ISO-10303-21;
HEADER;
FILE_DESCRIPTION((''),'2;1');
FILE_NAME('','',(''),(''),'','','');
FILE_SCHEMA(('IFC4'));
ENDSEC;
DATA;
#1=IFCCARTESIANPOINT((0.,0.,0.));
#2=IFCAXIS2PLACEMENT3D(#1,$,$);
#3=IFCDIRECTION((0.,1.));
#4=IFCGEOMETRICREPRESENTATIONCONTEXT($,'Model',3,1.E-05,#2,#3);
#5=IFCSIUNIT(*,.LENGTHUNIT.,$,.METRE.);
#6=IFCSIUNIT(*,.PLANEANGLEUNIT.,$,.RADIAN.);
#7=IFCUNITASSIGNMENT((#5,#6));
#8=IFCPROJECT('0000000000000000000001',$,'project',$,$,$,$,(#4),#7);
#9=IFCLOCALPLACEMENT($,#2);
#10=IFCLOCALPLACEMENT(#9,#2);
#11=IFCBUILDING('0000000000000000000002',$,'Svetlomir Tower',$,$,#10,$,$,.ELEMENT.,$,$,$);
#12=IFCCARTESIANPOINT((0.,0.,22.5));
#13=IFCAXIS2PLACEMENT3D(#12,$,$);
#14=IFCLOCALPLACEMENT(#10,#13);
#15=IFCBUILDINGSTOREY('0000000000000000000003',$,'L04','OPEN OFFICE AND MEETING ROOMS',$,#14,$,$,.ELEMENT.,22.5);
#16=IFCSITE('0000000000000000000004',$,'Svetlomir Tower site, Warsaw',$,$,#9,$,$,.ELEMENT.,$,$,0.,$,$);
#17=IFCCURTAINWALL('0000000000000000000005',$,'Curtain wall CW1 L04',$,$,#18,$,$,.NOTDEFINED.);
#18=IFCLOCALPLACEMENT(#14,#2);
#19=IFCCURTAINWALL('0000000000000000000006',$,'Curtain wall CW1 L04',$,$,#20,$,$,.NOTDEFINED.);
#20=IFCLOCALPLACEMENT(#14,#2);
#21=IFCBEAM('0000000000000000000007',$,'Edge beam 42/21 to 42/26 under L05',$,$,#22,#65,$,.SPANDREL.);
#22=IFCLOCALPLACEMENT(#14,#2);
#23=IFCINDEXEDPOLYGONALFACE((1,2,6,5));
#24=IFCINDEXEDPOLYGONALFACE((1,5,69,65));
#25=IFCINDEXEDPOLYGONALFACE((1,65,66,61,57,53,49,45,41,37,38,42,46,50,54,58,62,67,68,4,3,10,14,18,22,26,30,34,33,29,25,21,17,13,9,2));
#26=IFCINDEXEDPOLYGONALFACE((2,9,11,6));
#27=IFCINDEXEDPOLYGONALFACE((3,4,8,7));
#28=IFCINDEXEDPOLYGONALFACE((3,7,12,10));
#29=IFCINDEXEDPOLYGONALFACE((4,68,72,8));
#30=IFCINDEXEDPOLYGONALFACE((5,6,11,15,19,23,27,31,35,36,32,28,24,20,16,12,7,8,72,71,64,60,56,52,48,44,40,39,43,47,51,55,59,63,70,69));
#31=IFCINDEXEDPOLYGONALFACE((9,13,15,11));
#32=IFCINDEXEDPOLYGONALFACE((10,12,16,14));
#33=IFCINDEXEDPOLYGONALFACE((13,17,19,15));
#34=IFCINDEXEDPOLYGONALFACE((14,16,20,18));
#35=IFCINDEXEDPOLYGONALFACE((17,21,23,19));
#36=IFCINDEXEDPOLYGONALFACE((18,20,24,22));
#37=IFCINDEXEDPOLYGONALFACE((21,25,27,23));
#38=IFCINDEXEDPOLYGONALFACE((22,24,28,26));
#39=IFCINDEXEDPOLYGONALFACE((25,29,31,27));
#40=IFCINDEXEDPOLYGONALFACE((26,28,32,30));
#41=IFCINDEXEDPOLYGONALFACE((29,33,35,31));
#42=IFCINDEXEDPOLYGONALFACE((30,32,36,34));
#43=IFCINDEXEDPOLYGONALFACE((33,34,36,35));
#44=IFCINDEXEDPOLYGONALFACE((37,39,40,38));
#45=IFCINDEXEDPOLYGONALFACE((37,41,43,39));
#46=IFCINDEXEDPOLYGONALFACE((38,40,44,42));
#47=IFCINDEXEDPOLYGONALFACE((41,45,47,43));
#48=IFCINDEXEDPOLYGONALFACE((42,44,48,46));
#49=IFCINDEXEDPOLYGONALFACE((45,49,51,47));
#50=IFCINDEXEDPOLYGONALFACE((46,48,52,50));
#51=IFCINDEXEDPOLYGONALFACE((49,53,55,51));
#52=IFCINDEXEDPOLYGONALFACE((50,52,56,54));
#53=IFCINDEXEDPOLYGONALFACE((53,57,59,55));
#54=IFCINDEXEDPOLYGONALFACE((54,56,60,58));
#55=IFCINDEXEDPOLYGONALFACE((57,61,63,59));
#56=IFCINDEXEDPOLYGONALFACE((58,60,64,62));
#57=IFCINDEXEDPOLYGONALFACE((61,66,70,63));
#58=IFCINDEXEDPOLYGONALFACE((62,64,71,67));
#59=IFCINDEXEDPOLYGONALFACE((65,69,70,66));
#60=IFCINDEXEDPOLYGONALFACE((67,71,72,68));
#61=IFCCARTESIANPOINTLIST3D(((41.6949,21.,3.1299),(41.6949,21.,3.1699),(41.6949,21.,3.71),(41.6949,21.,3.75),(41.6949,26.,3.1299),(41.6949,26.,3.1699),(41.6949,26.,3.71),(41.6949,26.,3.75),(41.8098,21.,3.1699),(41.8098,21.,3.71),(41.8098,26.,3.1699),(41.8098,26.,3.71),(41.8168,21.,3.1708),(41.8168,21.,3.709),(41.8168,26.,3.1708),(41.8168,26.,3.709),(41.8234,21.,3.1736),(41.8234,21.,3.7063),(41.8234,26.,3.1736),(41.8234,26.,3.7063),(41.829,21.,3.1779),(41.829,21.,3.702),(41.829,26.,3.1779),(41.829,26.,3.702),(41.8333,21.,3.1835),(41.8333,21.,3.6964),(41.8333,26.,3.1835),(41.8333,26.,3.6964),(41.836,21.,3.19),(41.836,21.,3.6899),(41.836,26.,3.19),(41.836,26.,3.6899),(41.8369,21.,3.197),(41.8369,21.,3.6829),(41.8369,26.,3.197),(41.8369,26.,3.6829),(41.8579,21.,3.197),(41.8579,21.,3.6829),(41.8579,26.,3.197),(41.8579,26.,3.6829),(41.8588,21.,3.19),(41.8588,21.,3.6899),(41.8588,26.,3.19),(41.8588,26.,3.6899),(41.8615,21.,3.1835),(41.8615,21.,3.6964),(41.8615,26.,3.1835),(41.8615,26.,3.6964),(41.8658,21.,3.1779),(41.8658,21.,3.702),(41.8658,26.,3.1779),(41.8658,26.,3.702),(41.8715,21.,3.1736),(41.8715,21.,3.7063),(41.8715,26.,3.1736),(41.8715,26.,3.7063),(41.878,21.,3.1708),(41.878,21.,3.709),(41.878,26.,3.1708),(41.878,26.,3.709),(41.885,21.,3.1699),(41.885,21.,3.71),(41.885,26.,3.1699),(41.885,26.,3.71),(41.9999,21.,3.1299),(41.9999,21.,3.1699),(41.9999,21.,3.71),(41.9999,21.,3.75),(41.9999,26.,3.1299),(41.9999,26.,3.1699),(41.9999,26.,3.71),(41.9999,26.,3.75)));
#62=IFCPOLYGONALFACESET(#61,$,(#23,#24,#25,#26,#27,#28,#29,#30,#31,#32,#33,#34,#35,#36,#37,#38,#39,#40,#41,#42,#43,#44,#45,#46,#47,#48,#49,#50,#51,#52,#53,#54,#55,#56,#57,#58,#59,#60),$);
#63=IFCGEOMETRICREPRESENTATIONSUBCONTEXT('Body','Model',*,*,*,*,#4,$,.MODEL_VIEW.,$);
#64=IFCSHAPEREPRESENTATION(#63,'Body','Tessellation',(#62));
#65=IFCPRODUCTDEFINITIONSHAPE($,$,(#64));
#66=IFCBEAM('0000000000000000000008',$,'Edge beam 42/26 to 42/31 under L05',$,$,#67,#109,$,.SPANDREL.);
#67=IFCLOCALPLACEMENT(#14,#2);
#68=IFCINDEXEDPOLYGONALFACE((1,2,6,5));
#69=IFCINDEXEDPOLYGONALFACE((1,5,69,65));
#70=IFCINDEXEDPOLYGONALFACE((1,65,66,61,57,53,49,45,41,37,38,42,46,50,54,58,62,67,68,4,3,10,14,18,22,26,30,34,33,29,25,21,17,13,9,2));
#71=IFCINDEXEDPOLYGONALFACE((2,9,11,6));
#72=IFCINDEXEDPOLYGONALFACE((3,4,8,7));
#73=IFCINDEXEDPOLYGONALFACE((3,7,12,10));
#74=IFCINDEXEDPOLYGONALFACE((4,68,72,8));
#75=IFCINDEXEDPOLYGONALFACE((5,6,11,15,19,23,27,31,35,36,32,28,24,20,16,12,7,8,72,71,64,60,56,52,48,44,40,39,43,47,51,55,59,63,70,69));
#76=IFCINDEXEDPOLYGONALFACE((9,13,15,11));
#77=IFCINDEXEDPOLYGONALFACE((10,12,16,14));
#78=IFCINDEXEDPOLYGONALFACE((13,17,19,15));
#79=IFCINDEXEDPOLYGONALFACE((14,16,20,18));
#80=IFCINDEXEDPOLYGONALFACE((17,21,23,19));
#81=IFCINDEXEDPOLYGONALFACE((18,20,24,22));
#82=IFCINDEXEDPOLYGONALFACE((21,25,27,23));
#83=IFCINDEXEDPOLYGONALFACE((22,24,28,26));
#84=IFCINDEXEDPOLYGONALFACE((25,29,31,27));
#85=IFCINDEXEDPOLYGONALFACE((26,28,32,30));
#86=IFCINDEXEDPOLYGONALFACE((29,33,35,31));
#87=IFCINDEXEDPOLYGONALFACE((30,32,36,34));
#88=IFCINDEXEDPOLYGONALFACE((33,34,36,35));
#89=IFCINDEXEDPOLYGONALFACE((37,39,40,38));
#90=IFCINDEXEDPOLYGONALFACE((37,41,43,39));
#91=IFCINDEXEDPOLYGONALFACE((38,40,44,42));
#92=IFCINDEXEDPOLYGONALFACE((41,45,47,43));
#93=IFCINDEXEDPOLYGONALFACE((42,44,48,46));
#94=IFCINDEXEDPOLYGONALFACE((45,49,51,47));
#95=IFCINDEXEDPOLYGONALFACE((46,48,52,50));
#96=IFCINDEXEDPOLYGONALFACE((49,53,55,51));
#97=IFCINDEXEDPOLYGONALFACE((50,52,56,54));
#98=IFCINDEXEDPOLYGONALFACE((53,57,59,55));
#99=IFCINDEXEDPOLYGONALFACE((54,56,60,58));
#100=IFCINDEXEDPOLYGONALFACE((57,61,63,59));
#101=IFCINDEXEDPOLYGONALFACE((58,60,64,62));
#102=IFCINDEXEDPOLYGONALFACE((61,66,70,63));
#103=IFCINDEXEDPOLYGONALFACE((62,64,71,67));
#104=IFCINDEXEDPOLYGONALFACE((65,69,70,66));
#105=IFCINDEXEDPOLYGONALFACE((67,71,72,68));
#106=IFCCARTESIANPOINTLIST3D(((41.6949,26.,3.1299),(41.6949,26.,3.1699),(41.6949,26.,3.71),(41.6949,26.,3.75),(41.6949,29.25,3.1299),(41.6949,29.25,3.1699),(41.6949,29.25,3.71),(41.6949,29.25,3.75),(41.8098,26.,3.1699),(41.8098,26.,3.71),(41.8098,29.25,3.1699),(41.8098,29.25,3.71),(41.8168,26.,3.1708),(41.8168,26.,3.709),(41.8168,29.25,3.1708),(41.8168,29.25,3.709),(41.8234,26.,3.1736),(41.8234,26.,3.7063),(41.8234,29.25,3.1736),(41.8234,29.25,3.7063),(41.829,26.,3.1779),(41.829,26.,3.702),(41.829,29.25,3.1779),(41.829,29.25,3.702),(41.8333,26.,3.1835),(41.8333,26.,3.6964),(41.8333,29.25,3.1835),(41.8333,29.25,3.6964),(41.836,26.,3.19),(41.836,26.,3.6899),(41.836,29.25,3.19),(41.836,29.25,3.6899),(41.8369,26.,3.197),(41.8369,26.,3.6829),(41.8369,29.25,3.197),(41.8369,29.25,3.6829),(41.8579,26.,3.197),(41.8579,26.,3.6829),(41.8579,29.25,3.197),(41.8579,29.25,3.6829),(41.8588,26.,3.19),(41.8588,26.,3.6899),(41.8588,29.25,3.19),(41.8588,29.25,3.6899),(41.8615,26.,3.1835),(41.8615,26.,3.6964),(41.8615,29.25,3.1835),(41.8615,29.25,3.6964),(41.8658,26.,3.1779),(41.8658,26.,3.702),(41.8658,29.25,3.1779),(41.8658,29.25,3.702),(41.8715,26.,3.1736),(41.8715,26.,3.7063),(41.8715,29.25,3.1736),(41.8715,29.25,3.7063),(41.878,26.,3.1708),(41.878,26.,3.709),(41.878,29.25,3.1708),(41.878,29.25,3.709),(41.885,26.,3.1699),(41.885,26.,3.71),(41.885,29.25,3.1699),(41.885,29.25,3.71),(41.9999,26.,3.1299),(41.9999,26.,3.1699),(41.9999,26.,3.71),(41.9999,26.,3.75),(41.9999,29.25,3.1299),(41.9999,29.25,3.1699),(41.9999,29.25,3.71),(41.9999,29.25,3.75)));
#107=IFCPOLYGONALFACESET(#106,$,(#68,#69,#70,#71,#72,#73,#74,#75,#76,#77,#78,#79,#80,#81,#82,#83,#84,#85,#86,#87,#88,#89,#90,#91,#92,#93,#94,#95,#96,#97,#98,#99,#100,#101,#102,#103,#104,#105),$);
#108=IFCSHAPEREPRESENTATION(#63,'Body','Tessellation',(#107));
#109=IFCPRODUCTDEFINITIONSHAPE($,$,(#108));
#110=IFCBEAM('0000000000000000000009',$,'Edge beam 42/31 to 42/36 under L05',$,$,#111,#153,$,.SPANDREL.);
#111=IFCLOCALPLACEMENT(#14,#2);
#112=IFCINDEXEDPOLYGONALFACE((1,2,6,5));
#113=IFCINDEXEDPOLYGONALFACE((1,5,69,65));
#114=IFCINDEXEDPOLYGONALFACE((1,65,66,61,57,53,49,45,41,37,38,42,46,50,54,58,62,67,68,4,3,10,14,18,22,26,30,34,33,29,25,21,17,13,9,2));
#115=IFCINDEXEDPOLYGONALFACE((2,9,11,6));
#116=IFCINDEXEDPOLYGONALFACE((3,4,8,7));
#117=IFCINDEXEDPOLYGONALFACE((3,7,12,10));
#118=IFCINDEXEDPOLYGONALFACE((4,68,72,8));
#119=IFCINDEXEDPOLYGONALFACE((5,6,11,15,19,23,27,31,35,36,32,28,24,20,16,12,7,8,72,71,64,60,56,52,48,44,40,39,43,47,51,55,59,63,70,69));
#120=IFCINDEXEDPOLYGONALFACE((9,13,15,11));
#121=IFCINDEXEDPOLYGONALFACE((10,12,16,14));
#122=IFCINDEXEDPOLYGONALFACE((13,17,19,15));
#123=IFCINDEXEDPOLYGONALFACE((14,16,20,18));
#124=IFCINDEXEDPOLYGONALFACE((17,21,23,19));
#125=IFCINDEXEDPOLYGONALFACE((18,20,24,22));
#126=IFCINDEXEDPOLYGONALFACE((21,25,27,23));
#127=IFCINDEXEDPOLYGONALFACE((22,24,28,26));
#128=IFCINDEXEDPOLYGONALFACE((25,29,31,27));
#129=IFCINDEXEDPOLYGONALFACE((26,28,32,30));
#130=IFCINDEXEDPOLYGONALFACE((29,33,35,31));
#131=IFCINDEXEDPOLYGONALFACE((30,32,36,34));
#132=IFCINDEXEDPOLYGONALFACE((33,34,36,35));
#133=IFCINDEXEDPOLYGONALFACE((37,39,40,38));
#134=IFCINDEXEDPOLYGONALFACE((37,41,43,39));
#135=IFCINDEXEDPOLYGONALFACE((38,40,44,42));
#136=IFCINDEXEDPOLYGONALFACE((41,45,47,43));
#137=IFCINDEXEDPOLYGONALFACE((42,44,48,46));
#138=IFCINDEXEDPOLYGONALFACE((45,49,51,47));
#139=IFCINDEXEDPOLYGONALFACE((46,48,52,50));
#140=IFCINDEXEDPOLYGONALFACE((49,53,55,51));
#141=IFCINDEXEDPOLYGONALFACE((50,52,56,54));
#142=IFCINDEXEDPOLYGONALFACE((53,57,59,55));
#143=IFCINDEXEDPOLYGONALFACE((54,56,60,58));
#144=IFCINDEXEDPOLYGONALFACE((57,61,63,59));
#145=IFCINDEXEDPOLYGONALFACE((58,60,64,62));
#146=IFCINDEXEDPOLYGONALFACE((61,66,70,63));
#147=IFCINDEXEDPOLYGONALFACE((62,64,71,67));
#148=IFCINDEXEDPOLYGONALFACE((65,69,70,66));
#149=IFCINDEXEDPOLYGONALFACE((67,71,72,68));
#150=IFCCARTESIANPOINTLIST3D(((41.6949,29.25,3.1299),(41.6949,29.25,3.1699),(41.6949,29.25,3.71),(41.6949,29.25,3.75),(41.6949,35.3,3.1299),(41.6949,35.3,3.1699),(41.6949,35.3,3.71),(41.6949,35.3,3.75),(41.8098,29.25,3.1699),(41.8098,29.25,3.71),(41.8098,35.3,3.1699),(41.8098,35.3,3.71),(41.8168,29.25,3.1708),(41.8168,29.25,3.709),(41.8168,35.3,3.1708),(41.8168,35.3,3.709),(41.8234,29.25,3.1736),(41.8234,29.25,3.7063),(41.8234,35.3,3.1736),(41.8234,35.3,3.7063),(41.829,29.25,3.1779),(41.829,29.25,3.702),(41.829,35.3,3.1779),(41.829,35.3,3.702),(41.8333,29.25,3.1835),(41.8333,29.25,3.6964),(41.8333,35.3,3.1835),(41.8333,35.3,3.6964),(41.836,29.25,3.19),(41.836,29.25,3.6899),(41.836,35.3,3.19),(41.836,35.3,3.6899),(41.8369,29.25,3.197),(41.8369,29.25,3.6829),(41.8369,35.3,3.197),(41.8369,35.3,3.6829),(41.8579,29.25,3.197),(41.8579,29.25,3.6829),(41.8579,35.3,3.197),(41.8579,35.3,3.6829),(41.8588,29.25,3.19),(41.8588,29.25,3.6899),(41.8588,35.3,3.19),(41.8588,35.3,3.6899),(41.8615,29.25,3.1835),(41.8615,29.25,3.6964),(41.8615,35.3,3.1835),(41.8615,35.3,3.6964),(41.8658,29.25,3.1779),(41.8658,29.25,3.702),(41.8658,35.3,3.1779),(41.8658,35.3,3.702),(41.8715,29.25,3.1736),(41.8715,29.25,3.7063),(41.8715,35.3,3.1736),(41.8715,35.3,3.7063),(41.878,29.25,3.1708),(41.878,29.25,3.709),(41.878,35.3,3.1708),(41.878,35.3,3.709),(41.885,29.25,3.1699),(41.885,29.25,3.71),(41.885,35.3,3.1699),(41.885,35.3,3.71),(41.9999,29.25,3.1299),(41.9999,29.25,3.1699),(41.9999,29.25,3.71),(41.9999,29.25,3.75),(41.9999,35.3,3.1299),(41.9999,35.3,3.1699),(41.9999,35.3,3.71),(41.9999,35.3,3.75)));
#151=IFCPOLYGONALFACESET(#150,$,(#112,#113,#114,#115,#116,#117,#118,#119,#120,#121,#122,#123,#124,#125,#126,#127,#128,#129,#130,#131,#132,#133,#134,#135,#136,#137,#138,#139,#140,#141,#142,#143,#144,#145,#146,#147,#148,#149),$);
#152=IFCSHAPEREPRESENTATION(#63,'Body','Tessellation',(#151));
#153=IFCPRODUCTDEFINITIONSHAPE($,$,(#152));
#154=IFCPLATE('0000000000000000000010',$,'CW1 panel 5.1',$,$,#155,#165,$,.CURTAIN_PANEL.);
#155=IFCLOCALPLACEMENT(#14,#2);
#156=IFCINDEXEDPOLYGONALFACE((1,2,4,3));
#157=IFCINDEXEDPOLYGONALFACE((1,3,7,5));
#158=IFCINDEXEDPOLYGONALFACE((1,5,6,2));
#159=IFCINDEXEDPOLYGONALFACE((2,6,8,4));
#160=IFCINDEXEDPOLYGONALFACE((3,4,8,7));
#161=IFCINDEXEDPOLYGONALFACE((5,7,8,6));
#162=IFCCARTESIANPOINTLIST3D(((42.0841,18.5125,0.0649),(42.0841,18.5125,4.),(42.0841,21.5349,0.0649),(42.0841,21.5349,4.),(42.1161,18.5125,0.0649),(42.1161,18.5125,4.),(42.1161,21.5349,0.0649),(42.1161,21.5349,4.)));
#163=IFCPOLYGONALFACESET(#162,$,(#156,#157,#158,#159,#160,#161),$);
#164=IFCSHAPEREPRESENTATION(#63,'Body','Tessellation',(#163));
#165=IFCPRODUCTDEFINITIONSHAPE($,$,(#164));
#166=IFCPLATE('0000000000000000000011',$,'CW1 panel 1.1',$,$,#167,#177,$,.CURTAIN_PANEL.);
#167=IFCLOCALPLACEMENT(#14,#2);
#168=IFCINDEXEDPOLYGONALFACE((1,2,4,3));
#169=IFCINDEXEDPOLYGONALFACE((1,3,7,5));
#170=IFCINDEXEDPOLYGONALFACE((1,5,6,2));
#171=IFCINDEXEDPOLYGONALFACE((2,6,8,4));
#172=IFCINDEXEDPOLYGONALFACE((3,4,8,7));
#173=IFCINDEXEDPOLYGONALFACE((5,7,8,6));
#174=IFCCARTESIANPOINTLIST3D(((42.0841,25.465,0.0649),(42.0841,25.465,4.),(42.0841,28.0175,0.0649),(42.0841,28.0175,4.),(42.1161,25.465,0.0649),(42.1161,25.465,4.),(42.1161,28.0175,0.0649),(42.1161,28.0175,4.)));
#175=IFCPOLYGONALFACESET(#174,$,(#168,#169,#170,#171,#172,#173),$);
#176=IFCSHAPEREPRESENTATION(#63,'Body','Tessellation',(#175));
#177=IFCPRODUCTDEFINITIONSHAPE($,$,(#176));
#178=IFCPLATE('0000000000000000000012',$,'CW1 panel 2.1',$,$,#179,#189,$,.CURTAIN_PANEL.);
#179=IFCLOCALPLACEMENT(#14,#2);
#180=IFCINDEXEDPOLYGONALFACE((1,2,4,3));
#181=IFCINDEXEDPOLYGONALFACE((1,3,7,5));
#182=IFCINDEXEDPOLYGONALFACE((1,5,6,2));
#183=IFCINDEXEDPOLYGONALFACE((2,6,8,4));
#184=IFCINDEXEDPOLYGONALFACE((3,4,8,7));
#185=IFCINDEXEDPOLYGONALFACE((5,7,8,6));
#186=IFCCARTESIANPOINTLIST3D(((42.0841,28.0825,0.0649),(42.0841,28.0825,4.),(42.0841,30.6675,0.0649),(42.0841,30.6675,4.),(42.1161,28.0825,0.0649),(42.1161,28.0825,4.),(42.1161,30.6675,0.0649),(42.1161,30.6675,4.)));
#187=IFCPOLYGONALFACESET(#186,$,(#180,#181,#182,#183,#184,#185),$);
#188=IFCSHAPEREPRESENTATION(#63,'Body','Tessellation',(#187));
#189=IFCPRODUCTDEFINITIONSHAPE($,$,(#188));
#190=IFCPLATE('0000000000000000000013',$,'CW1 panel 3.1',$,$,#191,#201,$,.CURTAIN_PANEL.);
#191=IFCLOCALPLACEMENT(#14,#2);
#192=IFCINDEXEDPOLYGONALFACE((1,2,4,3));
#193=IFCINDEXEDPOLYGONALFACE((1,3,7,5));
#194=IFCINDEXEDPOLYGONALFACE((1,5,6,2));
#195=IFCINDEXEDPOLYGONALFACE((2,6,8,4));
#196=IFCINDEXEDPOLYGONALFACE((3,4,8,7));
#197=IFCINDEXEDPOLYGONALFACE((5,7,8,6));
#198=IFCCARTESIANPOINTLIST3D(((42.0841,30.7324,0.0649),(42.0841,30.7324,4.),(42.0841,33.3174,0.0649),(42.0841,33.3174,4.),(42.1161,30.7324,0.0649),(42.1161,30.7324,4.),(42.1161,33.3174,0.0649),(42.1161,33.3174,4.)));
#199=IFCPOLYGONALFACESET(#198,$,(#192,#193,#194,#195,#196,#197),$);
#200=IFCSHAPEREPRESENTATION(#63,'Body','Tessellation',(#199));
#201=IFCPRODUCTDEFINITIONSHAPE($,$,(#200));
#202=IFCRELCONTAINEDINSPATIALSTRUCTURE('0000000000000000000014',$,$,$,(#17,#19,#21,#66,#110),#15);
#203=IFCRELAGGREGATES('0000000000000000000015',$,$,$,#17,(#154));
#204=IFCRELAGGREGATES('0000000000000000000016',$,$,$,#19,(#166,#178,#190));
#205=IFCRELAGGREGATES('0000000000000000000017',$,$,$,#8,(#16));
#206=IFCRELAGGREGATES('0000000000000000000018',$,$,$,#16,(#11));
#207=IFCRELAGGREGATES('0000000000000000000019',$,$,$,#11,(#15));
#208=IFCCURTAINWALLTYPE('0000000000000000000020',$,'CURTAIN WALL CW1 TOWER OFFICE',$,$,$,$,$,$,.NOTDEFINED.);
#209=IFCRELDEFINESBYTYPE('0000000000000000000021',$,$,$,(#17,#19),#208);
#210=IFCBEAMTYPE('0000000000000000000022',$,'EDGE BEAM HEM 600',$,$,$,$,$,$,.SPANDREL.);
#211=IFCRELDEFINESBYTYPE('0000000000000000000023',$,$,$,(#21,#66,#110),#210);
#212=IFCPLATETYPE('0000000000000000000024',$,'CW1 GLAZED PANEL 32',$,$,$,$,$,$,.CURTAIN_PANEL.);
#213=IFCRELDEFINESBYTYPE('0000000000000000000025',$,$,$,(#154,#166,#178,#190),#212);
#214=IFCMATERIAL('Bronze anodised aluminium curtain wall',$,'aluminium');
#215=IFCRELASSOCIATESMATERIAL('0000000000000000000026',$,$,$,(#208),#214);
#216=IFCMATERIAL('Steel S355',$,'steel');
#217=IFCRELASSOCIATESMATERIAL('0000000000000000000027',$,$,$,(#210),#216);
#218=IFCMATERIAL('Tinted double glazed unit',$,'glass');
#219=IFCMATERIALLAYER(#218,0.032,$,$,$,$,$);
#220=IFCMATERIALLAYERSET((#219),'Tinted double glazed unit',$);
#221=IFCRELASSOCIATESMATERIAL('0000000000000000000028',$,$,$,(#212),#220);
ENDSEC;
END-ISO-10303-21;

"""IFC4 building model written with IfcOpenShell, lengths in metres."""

from ifc_helpers import new_model, si_unit, direction, frame, origin, origin_2d, place, context, subcontext, project, spatial, rectangle, i_section, extrude, material, layer, layer_set, material_profile, profile_set, type_object, element, aggregate, save


model = new_model("IFC4")

# Units and contexts
model_context = context("Model", 3, precision=1e-05, world=origin(), true_north=direction((0.0, 1.0)))
body_context = subcontext(model_context, "Body", "Model", "MODEL_VIEW")
ifc_project = project(units=[si_unit("LENGTHUNIT", "METRE"), si_unit("PLANEANGLEUNIT", "RADIAN")], contexts=[model_context])

# Site, building, storey
site_placement = place(None, origin())
site = spatial("IfcSite", under=ifc_project, at=site_placement, Name="Svetlomir Tower site, Warsaw", CompositionType="ELEMENT", RefElevation=0.0)
building_placement = place(site_placement, origin())
building = spatial("IfcBuilding", under=site, at=building_placement, Name="Svetlomir Tower", CompositionType="ELEMENT")
storey_placement = place(building_placement, frame((0.0, 0.0, 22.5)))
storey = spatial("IfcBuildingStorey", under=building, at=storey_placement, Name="L04", Description="OPEN OFFICE AND MEETING ROOMS", CompositionType="ELEMENT", Elevation=22.5)

# Curtain wall
ifc_material_1 = material(Name="Bronze anodised aluminium curtain wall", Category="aluminium")
curtain_wall_type = type_object("IfcCurtainWallType", Name="CURTAIN WALL CW1 TOWER OFFICE", PredefinedType="NOTDEFINED", material=ifc_material_1)
curtain_wall_1_placement = place(storey_placement, origin())
curtain_wall_1 = element("IfcCurtainWall", 1, at=curtain_wall_1_placement, inside=storey, type_object=curtain_wall_type, Name="Curtain wall CW1 L04", PredefinedType="NOTDEFINED")

# Curtain wall
curtain_wall_2_placement = place(storey_placement, origin())
curtain_wall_2 = element("IfcCurtainWall", 2, at=curtain_wall_2_placement, inside=storey, type_object=curtain_wall_type, Name="Curtain wall CW1 L04", PredefinedType="NOTDEFINED")

# Beams
ifc_material_2 = material(Name="Steel S355", Category="steel")
ifc_material_profile_1 = material_profile(ifc_material_2, i_section(OverallWidth=0.3049, OverallDepth=0.6201, WebThickness=0.021, FlangeThickness=0.04, FilletRadius=0.0271, at=origin_2d()), Name="HEM 600")
ifc_profile_set_1 = profile_set([ifc_material_profile_1], Name="Steel S355")
beam_type_1 = type_object("IfcBeamType", Name="EDGE BEAM HEM 600", PredefinedType="SPANDREL", material=ifc_profile_set_1)
beam_1_placement = place(storey_placement, frame((41.8474, 21.0, 3.4399), z_axis=(0.0, 1.0, 0.0), x_axis=(-1.0, 0.0, 0.0)))
element("IfcBeam", 3, at=beam_1_placement, inside=storey, type_object=beam_type_1, Name="Edge beam 42/21 to 42/26 under L05", PredefinedType="SPANDREL", context=body_context, shape_type="SweptSolid", body=[
    extrude(i_section(OverallWidth=0.3049, OverallDepth=0.6201, WebThickness=0.021, FlangeThickness=0.04, FilletRadius=0.0271, at=origin_2d()), origin(), (0.0, 0.0, 1.0), 5.0),
])
beam_2_placement = place(storey_placement, frame((41.8474, 26.0, 3.4399), z_axis=(0.0, 1.0, 0.0), x_axis=(-1.0, 0.0, 0.0)))
element("IfcBeam", 4, at=beam_2_placement, inside=storey, type_object=beam_type_1, Name="Edge beam 42/26 to 42/31 under L05", PredefinedType="SPANDREL", context=body_context, shape_type="SweptSolid", body=[
    extrude(i_section(OverallWidth=0.3049, OverallDepth=0.6201, WebThickness=0.021, FlangeThickness=0.04, FilletRadius=0.0271, at=origin_2d()), origin(), (0.0, 0.0, 1.0), 3.25),
])
beam_3_placement = place(storey_placement, frame((41.8474, 29.25, 3.4399), z_axis=(0.0, 1.0, 0.0), x_axis=(-1.0, 0.0, 0.0)))
element("IfcBeam", 5, at=beam_3_placement, inside=storey, type_object=beam_type_1, Name="Edge beam 42/31 to 42/36 under L05", PredefinedType="SPANDREL", context=body_context, shape_type="SweptSolid", body=[
    extrude(i_section(OverallWidth=0.3049, OverallDepth=0.6201, WebThickness=0.021, FlangeThickness=0.04, FilletRadius=0.0271, at=origin_2d()), origin(), (0.0, 0.0, 1.0), 6.05),
])

# Plates
ifc_material_3 = material(Name="Tinted double glazed unit", Category="glass")
ifc_layer_1 = layer(ifc_material_3, 0.032)
ifc_layer_set_1 = layer_set([ifc_layer_1], Name="Tinted double glazed unit")
plate_type = type_object("IfcPlateType", Name="CW1 GLAZED PANEL 32", PredefinedType="CURTAIN_PANEL", material=ifc_layer_set_1)
plate_1_placement = place(storey_placement, frame((42.1001, 20.0237, 0.0649), z_axis=(0.0, 0.0, 1.0), x_axis=(0.0, 1.0, 0.0)))
plate_1 = element("IfcPlate", 6, at=plate_1_placement, type_object=plate_type, Name="CW1 panel 5.1", PredefinedType="CURTAIN_PANEL", context=body_context, shape_type="SweptSolid", body=[
    extrude(rectangle(XDim=3.0225, YDim=0.032, at=origin_2d()), origin(), (0.0, 0.0, 1.0), 3.9351),
])
aggregate(curtain_wall_1, [plate_1])
plate_2_placement = place(storey_placement, frame((42.1001, 26.7412, 0.0649), z_axis=(0.0, 0.0, 1.0), x_axis=(0.0, 1.0, 0.0)))
plate_2 = element("IfcPlate", 7, at=plate_2_placement, type_object=plate_type, Name="CW1 panel 1.1", PredefinedType="CURTAIN_PANEL", context=body_context, shape_type="SweptSolid", body=[
    extrude(rectangle(XDim=2.5525, YDim=0.032, at=origin_2d()), origin(), (0.0, 0.0, 1.0), 3.9351),
])
plate_3_placement = place(storey_placement, frame((42.1001, 29.375, 0.0649), z_axis=(0.0, 0.0, 1.0), x_axis=(0.0, 1.0, 0.0)))
plate_3 = element("IfcPlate", 8, at=plate_3_placement, type_object=plate_type, Name="CW1 panel 2.1", PredefinedType="CURTAIN_PANEL", context=body_context, shape_type="SweptSolid", body=[
    extrude(rectangle(XDim=2.585, YDim=0.032, at=origin_2d()), origin(), (0.0, 0.0, 1.0), 3.9351),
])
plate_4_placement = place(storey_placement, frame((42.1001, 32.0249, 0.0649), z_axis=(0.0, 0.0, 1.0), x_axis=(0.0, 1.0, 0.0)))
plate_4 = element("IfcPlate", 9, at=plate_4_placement, type_object=plate_type, Name="CW1 panel 3.1", PredefinedType="CURTAIN_PANEL", context=body_context, shape_type="SweptSolid", body=[
    extrude(rectangle(XDim=2.585, YDim=0.032, at=origin_2d()), origin(), (0.0, 0.0, 1.0), 3.9351),
])
aggregate(curtain_wall_2, [plate_2, plate_3, plate_4])

save(model, "model.ifc")
